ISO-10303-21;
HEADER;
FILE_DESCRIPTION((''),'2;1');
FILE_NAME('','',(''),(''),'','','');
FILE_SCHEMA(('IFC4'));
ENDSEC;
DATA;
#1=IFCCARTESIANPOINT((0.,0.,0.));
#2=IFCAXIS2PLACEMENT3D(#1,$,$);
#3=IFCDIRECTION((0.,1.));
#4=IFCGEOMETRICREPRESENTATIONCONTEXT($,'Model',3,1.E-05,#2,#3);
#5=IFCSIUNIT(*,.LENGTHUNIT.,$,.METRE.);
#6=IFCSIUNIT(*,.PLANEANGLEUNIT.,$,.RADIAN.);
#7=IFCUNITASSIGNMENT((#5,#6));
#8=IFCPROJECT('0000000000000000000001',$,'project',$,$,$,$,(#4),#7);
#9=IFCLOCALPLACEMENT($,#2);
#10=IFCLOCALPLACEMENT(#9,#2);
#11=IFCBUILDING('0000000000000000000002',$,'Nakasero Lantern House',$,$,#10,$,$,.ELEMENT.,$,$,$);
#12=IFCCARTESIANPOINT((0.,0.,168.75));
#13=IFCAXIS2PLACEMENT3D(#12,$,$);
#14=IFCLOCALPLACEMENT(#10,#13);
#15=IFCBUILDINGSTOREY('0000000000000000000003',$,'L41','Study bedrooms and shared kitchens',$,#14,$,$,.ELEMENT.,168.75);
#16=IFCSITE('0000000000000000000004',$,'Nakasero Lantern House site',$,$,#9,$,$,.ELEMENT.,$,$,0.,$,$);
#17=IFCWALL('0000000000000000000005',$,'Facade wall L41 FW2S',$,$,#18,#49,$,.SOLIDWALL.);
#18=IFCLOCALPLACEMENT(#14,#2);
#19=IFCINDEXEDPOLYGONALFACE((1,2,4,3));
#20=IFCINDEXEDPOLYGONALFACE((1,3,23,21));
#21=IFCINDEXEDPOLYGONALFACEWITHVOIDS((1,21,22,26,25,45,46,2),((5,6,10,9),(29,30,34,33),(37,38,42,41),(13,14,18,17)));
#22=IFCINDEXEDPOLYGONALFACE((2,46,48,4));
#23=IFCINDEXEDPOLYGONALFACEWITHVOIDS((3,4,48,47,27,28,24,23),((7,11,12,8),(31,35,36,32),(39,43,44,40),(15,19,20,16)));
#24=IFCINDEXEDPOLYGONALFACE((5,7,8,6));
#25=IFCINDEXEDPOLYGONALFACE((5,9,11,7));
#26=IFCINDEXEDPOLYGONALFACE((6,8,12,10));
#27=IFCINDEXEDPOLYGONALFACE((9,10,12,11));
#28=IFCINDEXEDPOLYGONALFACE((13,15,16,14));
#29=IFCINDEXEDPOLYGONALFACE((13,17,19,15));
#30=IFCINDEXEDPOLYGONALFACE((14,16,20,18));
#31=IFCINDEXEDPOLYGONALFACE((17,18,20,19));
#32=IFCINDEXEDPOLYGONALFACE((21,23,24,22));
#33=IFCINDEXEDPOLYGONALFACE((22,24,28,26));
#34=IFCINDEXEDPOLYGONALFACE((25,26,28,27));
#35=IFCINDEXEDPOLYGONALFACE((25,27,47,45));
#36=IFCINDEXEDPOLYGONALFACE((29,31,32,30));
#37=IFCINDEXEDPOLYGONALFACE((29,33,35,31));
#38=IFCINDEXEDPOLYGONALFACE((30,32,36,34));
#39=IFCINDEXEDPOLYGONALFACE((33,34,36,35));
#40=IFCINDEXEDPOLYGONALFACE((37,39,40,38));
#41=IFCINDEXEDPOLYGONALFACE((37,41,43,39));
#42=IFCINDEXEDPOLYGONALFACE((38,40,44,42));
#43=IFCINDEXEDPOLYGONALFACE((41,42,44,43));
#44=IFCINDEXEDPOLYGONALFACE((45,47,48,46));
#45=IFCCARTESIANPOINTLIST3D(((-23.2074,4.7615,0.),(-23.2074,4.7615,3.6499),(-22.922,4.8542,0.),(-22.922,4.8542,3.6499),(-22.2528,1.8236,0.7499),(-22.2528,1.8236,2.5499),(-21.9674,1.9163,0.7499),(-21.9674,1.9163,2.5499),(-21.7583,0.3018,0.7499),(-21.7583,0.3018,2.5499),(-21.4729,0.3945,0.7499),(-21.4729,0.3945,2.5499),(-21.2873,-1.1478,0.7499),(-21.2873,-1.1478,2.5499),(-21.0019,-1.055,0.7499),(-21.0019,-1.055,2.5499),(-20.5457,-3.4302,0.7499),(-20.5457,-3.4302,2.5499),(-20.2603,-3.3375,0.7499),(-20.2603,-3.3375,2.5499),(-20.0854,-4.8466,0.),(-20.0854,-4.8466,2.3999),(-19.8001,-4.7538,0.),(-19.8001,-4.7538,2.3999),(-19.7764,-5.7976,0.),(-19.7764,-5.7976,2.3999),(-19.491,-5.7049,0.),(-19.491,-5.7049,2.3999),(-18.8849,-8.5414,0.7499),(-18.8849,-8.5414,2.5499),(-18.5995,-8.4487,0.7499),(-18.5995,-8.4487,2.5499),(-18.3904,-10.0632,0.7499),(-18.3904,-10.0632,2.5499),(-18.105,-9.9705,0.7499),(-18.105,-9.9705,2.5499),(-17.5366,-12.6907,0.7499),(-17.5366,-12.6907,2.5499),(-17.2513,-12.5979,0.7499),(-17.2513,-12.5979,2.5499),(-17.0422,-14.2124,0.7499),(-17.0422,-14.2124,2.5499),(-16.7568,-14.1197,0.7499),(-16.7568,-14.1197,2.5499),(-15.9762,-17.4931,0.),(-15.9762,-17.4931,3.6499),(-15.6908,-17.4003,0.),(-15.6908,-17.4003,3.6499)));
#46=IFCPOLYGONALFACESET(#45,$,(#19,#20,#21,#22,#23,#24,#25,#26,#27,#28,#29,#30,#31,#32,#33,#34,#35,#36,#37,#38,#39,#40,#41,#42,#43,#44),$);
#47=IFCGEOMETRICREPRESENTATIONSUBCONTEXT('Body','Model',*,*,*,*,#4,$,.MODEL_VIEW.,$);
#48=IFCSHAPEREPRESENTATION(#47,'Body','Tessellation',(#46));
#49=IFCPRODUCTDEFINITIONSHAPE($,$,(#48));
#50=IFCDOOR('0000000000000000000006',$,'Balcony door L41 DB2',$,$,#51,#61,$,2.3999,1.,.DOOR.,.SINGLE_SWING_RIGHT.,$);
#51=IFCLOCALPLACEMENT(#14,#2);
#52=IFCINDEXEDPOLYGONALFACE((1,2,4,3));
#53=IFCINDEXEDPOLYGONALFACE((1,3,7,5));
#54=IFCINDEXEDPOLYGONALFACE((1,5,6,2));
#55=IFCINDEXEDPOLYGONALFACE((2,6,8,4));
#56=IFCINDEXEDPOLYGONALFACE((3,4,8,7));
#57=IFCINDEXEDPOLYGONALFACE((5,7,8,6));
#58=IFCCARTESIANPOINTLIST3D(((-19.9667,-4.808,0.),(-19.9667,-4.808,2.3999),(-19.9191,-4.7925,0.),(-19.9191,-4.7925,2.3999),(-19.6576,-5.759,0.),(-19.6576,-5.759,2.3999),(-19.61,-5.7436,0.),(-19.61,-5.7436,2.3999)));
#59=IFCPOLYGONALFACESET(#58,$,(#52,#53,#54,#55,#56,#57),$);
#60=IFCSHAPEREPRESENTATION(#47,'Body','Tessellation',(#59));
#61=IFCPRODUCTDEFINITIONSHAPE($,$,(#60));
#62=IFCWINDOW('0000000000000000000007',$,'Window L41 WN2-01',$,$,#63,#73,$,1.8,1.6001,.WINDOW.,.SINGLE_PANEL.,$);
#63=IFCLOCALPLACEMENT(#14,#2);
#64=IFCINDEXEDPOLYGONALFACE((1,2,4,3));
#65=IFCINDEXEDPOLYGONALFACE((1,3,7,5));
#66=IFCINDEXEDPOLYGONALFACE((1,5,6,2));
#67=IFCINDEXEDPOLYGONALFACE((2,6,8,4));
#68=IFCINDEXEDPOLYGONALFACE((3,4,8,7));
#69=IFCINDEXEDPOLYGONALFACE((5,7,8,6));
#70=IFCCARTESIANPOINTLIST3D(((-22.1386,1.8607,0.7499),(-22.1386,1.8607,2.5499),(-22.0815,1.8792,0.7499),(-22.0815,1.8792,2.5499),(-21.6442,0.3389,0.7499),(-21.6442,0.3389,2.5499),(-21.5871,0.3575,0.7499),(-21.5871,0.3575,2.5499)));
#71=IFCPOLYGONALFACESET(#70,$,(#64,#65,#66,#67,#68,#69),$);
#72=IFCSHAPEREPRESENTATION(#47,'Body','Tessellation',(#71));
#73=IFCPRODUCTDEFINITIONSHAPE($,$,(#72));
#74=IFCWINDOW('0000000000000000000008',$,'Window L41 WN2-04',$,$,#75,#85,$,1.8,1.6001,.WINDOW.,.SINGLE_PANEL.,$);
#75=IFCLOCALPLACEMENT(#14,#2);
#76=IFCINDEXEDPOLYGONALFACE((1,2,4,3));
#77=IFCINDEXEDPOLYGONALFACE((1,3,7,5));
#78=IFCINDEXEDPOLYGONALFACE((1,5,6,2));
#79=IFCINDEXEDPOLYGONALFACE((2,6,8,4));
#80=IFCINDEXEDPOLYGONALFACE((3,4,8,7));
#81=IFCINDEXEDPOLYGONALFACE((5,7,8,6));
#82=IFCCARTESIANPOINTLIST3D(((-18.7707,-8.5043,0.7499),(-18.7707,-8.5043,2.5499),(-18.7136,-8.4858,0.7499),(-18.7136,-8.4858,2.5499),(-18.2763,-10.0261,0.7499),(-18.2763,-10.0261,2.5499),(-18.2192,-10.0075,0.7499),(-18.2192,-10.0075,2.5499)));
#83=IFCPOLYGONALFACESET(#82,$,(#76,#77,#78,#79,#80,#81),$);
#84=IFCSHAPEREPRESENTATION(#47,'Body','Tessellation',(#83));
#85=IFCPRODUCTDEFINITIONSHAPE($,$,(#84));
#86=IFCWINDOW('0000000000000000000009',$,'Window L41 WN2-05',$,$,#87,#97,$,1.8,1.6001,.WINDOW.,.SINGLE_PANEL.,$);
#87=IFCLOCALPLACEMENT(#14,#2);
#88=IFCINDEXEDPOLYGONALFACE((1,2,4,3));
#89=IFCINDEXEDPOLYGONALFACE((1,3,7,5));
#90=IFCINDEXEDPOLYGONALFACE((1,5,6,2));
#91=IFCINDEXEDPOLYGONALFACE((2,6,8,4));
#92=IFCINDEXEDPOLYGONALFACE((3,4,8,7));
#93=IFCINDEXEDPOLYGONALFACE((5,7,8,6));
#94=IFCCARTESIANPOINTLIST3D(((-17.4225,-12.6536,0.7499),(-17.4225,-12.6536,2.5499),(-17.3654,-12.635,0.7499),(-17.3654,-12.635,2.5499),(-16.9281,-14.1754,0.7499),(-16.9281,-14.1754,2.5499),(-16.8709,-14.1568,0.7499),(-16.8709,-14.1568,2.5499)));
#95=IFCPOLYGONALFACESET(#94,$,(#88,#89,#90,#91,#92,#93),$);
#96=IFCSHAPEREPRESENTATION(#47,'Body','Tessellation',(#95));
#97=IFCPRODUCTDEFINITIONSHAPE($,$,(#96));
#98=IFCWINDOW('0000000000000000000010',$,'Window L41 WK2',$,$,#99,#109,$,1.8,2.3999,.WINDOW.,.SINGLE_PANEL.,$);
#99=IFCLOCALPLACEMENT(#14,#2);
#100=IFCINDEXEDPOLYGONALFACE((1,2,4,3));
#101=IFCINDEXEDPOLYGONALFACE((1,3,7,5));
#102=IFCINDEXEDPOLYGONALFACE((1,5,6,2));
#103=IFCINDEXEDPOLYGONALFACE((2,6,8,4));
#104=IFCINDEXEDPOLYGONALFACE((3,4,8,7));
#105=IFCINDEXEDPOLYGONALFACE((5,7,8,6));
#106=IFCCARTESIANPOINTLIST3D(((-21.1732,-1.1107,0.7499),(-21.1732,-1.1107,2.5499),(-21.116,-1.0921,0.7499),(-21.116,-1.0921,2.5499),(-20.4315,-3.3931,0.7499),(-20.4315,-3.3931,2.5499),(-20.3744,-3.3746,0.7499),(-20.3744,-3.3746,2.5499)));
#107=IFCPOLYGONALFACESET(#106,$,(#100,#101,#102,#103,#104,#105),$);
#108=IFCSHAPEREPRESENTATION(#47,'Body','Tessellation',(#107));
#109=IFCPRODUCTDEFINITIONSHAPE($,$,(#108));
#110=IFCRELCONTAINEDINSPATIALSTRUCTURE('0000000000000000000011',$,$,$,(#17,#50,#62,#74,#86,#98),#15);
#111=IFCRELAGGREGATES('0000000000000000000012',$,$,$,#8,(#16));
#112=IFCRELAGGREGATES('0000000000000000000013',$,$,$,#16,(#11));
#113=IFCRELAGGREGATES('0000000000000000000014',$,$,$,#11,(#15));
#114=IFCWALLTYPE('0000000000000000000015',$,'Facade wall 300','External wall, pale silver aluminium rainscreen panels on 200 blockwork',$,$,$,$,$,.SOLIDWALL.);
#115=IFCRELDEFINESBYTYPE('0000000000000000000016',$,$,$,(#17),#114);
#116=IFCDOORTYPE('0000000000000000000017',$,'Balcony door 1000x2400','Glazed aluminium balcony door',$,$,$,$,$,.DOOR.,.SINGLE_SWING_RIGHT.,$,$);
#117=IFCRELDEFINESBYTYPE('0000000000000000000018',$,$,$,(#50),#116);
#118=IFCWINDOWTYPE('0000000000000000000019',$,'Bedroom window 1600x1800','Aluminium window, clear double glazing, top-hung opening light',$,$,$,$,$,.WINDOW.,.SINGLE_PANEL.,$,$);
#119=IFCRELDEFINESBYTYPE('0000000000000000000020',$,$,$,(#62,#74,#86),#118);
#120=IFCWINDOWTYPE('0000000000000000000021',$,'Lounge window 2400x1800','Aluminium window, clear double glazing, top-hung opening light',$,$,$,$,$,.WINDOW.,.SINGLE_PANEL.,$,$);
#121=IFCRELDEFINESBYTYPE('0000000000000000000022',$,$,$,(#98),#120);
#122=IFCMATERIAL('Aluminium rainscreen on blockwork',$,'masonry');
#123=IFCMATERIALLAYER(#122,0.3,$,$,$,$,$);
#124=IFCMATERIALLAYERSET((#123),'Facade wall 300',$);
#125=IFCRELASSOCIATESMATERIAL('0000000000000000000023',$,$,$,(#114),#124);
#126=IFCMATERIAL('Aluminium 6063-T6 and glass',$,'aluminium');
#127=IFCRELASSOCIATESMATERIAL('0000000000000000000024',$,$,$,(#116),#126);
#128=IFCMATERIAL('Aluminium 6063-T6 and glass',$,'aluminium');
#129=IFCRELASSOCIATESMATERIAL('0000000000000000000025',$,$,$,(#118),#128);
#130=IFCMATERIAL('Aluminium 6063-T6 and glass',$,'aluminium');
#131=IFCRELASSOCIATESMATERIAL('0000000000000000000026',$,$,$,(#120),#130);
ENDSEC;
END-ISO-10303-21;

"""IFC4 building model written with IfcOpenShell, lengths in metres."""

from ifc_helpers import new_model, si_unit, direction, frame, frame_2d, origin, place, context, subcontext, project, spatial, rectangle, extrude, material, layer, layer_set, type_object, element, fill, save


model = new_model("IFC4")

# Units and contexts
model_context = context("Model", 3, precision=1e-05, world=origin(), true_north=direction((0.0, 1.0)))
body_context = subcontext(model_context, "Body", "Model", "MODEL_VIEW")
ifc_project = project(units=[si_unit("LENGTHUNIT", "METRE"), si_unit("PLANEANGLEUNIT", "RADIAN")], contexts=[model_context])

# Site, building, storey
site_placement = place(None, origin())
site = spatial("IfcSite", under=ifc_project, at=site_placement, Name="Nakasero Lantern House site", CompositionType="ELEMENT", RefElevation=0.0)
building_placement = place(site_placement, origin())
building = spatial("IfcBuilding", under=site, at=building_placement, Name="Nakasero Lantern House", CompositionType="ELEMENT")
storey_placement = place(building_placement, frame((0.0, 0.0, 168.75)))
storey = spatial("IfcBuildingStorey", under=building, at=storey_placement, Name="L41", Description="Study bedrooms and shared kitchens", CompositionType="ELEMENT", Elevation=168.75)

# Wall, openings, door, windows
ifc_material_1 = material(Name="Aluminium rainscreen on blockwork", Category="masonry")
ifc_layer_1 = layer(ifc_material_1, 0.3)
ifc_layer_set_1 = layer_set([ifc_layer_1], Name="Facade wall 300")
wall_type_1 = type_object("IfcWallType", Name="Facade wall 300", Description="External wall, pale silver aluminium rainscreen panels on 200 blockwork", PredefinedType="SOLIDWALL", material=ifc_layer_set_1)
wall_1_placement = place(storey_placement, frame((-23.0647, 4.8079, 0.0), z_axis=(0.0, 0.0, 1.0), x_axis=(0.309026, -0.951054, 0.0)))
wall_1 = element("IfcWall", 1, at=wall_1_placement, inside=storey, type_object=wall_type_1, Name="Facade wall L41 FW2S", PredefinedType="SOLIDWALL", context=body_context, shape_type="SweptSolid", body=[
    extrude(rectangle(XDim=23.3999, YDim=0.3, at=frame_2d((11.7, 0.0))), origin(), (0.0, 0.0, 1.0), 3.6499),
])
opening_1_placement = place(wall_1_placement, frame((3.0891, 0.0, 0.75)))
opening_1 = element("IfcOpeningElement", 2, at=opening_1_placement, cuts=wall_1, PredefinedType="OPENING", context=body_context, shape_type="SweptSolid", body=[
    extrude(rectangle(XDim=1.6001, YDim=1.8, at=frame_2d((0.8, 0.8999))), frame((0.0, 0.1699, 0.0), z_axis=(0.0, -1.0, 0.0), x_axis=(1.0, 0.0, 0.0)), (0.0, 0.0, 1.0), 0.3401),
])
opening_2_placement = place(wall_1_placement, frame((13.9875, 0.0, 0.75)))
opening_2 = element("IfcOpeningElement", 3, at=opening_2_placement, cuts=wall_1, PredefinedType="OPENING", context=body_context, shape_type="SweptSolid", body=[
    extrude(rectangle(XDim=1.6001, YDim=1.8, at=frame_2d((0.8, 0.8999))), frame((0.0, 0.1699, 0.0), z_axis=(0.0, -1.0, 0.0), x_axis=(1.0, 0.0, 0.0)), (0.0, 0.0, 1.0), 0.3401),
])
opening_3_placement = place(wall_1_placement, frame((18.3503, 0.0, 0.75)))
opening_3 = element("IfcOpeningElement", 4, at=opening_3_placement, cuts=wall_1, PredefinedType="OPENING", context=body_context, shape_type="SweptSolid", body=[
    extrude(rectangle(XDim=1.6001, YDim=1.8, at=frame_2d((0.8, 0.8999))), frame((0.0, 0.1699, 0.0), z_axis=(0.0, -1.0, 0.0), x_axis=(1.0, 0.0, 0.0)), (0.0, 0.0, 1.0), 0.3401),
])
opening_4_placement = place(wall_1_placement, frame((6.2134, 0.0, 0.75)))
opening_4 = element("IfcOpeningElement", 5, at=opening_4_placement, cuts=wall_1, PredefinedType="OPENING", context=body_context, shape_type="SweptSolid", body=[
    extrude(rectangle(XDim=2.3999, YDim=1.8, at=frame_2d((1.2, 0.8999))), frame((0.0, 0.1699, 0.0), z_axis=(0.0, -1.0, 0.0), x_axis=(1.0, 0.0, 0.0)), (0.0, 0.0, 1.0), 0.3401),
])
opening_5_placement = place(wall_1_placement, frame((10.1025, 0.0, 0.0)))
opening_5 = element("IfcOpeningElement", 6, at=opening_5_placement, cuts=wall_1, PredefinedType="OPENING", context=body_context, shape_type="SweptSolid", body=[
    extrude(rectangle(XDim=1.0, YDim=2.3999, at=frame_2d((0.5, 1.2))), frame((0.0, 0.1699, 0.0), z_axis=(0.0, -1.0, 0.0), x_axis=(1.0, 0.0, 0.0)), (0.0, 0.0, 1.0), 0.3401),
])
ifc_material_2 = material(Name="Aluminium 6063-T6 and glass", Category="aluminium")
door_type_1 = type_object("IfcDoorType", Name="Balcony door 1000x2400", Description="Glazed aluminium balcony door", OperationType="SINGLE_SWING_RIGHT", PredefinedType="DOOR", material=ifc_material_2)
door_1_placement = place(opening_5_placement, origin())
door_1 = element("IfcDoor", 7, at=door_1_placement, inside=storey, type_object=door_type_1, Name="Balcony door L41 DB2", OperationType="SINGLE_SWING_RIGHT", OverallHeight=2.3999, OverallWidth=1.0, PredefinedType="DOOR", context=body_context, shape_type="SweptSolid", body=[
    extrude(rectangle(XDim=1.0, YDim=2.3999, at=frame_2d((0.5, 1.2))), frame((0.0, 0.0249, 0.0), z_axis=(0.0, -1.0, 0.0), x_axis=(1.0, 0.0, 0.0)), (0.0, 0.0, 1.0), 0.05),
])
fill(opening_5, door_1)
ifc_material_3 = material(Name="Aluminium 6063-T6 and glass", Category="aluminium")
window_type_1 = type_object("IfcWindowType", Name="Bedroom window 1600x1800", Description="Aluminium window, clear double glazing, top-hung opening light", PartitioningType="SINGLE_PANEL", PredefinedType="WINDOW", material=ifc_material_3)
window_1_placement = place(opening_1_placement, origin())
window_1 = element("IfcWindow", 8, at=window_1_placement, inside=storey, type_object=window_type_1, Name="Window L41 WN2-01", OverallHeight=1.8, OverallWidth=1.6001, PartitioningType="SINGLE_PANEL", PredefinedType="WINDOW", context=body_context, shape_type="SweptSolid", body=[
    extrude(rectangle(XDim=1.6001, YDim=1.8, at=frame_2d((0.8, 0.8999))), frame((0.0, 0.03, 0.0), z_axis=(0.0, -1.0, 0.0), x_axis=(1.0, 0.0, 0.0)), (0.0, 0.0, 1.0), 0.0601),
])
fill(opening_1, window_1)
window_2_placement = place(opening_2_placement, origin())
window_2 = element("IfcWindow", 9, at=window_2_placement, inside=storey, type_object=window_type_1, Name="Window L41 WN2-04", OverallHeight=1.8, OverallWidth=1.6001, PartitioningType="SINGLE_PANEL", PredefinedType="WINDOW", context=body_context, shape_type="SweptSolid", body=[
    extrude(rectangle(XDim=1.6001, YDim=1.8, at=frame_2d((0.8, 0.8999))), frame((0.0, 0.03, 0.0), z_axis=(0.0, -1.0, 0.0), x_axis=(1.0, 0.0, 0.0)), (0.0, 0.0, 1.0), 0.0601),
])
fill(opening_2, window_2)
window_3_placement = place(opening_3_placement, origin())
window_3 = element("IfcWindow", 10, at=window_3_placement, inside=storey, type_object=window_type_1, Name="Window L41 WN2-05", OverallHeight=1.8, OverallWidth=1.6001, PartitioningType="SINGLE_PANEL", PredefinedType="WINDOW", context=body_context, shape_type="SweptSolid", body=[
    extrude(rectangle(XDim=1.6001, YDim=1.8, at=frame_2d((0.8, 0.8999))), frame((0.0, 0.03, 0.0), z_axis=(0.0, -1.0, 0.0), x_axis=(1.0, 0.0, 0.0)), (0.0, 0.0, 1.0), 0.0601),
])
fill(opening_3, window_3)
ifc_material_4 = material(Name="Aluminium 6063-T6 and glass", Category="aluminium")
window_type_2 = type_object("IfcWindowType", Name="Lounge window 2400x1800", Description="Aluminium window, clear double glazing, top-hung opening light", PartitioningType="SINGLE_PANEL", PredefinedType="WINDOW", material=ifc_material_4)
window_4_placement = place(opening_4_placement, origin())
window_4 = element("IfcWindow", 11, at=window_4_placement, inside=storey, type_object=window_type_2, Name="Window L41 WK2", OverallHeight=1.8, OverallWidth=2.3999, PartitioningType="SINGLE_PANEL", PredefinedType="WINDOW", context=body_context, shape_type="SweptSolid", body=[
    extrude(rectangle(XDim=2.3999, YDim=1.8, at=frame_2d((1.2, 0.8999))), frame((0.0, 0.03, 0.0), z_axis=(0.0, -1.0, 0.0), x_axis=(1.0, 0.0, 0.0)), (0.0, 0.0, 1.0), 0.0601),
])
fill(opening_4, window_4)

save(model, "model.ifc")
